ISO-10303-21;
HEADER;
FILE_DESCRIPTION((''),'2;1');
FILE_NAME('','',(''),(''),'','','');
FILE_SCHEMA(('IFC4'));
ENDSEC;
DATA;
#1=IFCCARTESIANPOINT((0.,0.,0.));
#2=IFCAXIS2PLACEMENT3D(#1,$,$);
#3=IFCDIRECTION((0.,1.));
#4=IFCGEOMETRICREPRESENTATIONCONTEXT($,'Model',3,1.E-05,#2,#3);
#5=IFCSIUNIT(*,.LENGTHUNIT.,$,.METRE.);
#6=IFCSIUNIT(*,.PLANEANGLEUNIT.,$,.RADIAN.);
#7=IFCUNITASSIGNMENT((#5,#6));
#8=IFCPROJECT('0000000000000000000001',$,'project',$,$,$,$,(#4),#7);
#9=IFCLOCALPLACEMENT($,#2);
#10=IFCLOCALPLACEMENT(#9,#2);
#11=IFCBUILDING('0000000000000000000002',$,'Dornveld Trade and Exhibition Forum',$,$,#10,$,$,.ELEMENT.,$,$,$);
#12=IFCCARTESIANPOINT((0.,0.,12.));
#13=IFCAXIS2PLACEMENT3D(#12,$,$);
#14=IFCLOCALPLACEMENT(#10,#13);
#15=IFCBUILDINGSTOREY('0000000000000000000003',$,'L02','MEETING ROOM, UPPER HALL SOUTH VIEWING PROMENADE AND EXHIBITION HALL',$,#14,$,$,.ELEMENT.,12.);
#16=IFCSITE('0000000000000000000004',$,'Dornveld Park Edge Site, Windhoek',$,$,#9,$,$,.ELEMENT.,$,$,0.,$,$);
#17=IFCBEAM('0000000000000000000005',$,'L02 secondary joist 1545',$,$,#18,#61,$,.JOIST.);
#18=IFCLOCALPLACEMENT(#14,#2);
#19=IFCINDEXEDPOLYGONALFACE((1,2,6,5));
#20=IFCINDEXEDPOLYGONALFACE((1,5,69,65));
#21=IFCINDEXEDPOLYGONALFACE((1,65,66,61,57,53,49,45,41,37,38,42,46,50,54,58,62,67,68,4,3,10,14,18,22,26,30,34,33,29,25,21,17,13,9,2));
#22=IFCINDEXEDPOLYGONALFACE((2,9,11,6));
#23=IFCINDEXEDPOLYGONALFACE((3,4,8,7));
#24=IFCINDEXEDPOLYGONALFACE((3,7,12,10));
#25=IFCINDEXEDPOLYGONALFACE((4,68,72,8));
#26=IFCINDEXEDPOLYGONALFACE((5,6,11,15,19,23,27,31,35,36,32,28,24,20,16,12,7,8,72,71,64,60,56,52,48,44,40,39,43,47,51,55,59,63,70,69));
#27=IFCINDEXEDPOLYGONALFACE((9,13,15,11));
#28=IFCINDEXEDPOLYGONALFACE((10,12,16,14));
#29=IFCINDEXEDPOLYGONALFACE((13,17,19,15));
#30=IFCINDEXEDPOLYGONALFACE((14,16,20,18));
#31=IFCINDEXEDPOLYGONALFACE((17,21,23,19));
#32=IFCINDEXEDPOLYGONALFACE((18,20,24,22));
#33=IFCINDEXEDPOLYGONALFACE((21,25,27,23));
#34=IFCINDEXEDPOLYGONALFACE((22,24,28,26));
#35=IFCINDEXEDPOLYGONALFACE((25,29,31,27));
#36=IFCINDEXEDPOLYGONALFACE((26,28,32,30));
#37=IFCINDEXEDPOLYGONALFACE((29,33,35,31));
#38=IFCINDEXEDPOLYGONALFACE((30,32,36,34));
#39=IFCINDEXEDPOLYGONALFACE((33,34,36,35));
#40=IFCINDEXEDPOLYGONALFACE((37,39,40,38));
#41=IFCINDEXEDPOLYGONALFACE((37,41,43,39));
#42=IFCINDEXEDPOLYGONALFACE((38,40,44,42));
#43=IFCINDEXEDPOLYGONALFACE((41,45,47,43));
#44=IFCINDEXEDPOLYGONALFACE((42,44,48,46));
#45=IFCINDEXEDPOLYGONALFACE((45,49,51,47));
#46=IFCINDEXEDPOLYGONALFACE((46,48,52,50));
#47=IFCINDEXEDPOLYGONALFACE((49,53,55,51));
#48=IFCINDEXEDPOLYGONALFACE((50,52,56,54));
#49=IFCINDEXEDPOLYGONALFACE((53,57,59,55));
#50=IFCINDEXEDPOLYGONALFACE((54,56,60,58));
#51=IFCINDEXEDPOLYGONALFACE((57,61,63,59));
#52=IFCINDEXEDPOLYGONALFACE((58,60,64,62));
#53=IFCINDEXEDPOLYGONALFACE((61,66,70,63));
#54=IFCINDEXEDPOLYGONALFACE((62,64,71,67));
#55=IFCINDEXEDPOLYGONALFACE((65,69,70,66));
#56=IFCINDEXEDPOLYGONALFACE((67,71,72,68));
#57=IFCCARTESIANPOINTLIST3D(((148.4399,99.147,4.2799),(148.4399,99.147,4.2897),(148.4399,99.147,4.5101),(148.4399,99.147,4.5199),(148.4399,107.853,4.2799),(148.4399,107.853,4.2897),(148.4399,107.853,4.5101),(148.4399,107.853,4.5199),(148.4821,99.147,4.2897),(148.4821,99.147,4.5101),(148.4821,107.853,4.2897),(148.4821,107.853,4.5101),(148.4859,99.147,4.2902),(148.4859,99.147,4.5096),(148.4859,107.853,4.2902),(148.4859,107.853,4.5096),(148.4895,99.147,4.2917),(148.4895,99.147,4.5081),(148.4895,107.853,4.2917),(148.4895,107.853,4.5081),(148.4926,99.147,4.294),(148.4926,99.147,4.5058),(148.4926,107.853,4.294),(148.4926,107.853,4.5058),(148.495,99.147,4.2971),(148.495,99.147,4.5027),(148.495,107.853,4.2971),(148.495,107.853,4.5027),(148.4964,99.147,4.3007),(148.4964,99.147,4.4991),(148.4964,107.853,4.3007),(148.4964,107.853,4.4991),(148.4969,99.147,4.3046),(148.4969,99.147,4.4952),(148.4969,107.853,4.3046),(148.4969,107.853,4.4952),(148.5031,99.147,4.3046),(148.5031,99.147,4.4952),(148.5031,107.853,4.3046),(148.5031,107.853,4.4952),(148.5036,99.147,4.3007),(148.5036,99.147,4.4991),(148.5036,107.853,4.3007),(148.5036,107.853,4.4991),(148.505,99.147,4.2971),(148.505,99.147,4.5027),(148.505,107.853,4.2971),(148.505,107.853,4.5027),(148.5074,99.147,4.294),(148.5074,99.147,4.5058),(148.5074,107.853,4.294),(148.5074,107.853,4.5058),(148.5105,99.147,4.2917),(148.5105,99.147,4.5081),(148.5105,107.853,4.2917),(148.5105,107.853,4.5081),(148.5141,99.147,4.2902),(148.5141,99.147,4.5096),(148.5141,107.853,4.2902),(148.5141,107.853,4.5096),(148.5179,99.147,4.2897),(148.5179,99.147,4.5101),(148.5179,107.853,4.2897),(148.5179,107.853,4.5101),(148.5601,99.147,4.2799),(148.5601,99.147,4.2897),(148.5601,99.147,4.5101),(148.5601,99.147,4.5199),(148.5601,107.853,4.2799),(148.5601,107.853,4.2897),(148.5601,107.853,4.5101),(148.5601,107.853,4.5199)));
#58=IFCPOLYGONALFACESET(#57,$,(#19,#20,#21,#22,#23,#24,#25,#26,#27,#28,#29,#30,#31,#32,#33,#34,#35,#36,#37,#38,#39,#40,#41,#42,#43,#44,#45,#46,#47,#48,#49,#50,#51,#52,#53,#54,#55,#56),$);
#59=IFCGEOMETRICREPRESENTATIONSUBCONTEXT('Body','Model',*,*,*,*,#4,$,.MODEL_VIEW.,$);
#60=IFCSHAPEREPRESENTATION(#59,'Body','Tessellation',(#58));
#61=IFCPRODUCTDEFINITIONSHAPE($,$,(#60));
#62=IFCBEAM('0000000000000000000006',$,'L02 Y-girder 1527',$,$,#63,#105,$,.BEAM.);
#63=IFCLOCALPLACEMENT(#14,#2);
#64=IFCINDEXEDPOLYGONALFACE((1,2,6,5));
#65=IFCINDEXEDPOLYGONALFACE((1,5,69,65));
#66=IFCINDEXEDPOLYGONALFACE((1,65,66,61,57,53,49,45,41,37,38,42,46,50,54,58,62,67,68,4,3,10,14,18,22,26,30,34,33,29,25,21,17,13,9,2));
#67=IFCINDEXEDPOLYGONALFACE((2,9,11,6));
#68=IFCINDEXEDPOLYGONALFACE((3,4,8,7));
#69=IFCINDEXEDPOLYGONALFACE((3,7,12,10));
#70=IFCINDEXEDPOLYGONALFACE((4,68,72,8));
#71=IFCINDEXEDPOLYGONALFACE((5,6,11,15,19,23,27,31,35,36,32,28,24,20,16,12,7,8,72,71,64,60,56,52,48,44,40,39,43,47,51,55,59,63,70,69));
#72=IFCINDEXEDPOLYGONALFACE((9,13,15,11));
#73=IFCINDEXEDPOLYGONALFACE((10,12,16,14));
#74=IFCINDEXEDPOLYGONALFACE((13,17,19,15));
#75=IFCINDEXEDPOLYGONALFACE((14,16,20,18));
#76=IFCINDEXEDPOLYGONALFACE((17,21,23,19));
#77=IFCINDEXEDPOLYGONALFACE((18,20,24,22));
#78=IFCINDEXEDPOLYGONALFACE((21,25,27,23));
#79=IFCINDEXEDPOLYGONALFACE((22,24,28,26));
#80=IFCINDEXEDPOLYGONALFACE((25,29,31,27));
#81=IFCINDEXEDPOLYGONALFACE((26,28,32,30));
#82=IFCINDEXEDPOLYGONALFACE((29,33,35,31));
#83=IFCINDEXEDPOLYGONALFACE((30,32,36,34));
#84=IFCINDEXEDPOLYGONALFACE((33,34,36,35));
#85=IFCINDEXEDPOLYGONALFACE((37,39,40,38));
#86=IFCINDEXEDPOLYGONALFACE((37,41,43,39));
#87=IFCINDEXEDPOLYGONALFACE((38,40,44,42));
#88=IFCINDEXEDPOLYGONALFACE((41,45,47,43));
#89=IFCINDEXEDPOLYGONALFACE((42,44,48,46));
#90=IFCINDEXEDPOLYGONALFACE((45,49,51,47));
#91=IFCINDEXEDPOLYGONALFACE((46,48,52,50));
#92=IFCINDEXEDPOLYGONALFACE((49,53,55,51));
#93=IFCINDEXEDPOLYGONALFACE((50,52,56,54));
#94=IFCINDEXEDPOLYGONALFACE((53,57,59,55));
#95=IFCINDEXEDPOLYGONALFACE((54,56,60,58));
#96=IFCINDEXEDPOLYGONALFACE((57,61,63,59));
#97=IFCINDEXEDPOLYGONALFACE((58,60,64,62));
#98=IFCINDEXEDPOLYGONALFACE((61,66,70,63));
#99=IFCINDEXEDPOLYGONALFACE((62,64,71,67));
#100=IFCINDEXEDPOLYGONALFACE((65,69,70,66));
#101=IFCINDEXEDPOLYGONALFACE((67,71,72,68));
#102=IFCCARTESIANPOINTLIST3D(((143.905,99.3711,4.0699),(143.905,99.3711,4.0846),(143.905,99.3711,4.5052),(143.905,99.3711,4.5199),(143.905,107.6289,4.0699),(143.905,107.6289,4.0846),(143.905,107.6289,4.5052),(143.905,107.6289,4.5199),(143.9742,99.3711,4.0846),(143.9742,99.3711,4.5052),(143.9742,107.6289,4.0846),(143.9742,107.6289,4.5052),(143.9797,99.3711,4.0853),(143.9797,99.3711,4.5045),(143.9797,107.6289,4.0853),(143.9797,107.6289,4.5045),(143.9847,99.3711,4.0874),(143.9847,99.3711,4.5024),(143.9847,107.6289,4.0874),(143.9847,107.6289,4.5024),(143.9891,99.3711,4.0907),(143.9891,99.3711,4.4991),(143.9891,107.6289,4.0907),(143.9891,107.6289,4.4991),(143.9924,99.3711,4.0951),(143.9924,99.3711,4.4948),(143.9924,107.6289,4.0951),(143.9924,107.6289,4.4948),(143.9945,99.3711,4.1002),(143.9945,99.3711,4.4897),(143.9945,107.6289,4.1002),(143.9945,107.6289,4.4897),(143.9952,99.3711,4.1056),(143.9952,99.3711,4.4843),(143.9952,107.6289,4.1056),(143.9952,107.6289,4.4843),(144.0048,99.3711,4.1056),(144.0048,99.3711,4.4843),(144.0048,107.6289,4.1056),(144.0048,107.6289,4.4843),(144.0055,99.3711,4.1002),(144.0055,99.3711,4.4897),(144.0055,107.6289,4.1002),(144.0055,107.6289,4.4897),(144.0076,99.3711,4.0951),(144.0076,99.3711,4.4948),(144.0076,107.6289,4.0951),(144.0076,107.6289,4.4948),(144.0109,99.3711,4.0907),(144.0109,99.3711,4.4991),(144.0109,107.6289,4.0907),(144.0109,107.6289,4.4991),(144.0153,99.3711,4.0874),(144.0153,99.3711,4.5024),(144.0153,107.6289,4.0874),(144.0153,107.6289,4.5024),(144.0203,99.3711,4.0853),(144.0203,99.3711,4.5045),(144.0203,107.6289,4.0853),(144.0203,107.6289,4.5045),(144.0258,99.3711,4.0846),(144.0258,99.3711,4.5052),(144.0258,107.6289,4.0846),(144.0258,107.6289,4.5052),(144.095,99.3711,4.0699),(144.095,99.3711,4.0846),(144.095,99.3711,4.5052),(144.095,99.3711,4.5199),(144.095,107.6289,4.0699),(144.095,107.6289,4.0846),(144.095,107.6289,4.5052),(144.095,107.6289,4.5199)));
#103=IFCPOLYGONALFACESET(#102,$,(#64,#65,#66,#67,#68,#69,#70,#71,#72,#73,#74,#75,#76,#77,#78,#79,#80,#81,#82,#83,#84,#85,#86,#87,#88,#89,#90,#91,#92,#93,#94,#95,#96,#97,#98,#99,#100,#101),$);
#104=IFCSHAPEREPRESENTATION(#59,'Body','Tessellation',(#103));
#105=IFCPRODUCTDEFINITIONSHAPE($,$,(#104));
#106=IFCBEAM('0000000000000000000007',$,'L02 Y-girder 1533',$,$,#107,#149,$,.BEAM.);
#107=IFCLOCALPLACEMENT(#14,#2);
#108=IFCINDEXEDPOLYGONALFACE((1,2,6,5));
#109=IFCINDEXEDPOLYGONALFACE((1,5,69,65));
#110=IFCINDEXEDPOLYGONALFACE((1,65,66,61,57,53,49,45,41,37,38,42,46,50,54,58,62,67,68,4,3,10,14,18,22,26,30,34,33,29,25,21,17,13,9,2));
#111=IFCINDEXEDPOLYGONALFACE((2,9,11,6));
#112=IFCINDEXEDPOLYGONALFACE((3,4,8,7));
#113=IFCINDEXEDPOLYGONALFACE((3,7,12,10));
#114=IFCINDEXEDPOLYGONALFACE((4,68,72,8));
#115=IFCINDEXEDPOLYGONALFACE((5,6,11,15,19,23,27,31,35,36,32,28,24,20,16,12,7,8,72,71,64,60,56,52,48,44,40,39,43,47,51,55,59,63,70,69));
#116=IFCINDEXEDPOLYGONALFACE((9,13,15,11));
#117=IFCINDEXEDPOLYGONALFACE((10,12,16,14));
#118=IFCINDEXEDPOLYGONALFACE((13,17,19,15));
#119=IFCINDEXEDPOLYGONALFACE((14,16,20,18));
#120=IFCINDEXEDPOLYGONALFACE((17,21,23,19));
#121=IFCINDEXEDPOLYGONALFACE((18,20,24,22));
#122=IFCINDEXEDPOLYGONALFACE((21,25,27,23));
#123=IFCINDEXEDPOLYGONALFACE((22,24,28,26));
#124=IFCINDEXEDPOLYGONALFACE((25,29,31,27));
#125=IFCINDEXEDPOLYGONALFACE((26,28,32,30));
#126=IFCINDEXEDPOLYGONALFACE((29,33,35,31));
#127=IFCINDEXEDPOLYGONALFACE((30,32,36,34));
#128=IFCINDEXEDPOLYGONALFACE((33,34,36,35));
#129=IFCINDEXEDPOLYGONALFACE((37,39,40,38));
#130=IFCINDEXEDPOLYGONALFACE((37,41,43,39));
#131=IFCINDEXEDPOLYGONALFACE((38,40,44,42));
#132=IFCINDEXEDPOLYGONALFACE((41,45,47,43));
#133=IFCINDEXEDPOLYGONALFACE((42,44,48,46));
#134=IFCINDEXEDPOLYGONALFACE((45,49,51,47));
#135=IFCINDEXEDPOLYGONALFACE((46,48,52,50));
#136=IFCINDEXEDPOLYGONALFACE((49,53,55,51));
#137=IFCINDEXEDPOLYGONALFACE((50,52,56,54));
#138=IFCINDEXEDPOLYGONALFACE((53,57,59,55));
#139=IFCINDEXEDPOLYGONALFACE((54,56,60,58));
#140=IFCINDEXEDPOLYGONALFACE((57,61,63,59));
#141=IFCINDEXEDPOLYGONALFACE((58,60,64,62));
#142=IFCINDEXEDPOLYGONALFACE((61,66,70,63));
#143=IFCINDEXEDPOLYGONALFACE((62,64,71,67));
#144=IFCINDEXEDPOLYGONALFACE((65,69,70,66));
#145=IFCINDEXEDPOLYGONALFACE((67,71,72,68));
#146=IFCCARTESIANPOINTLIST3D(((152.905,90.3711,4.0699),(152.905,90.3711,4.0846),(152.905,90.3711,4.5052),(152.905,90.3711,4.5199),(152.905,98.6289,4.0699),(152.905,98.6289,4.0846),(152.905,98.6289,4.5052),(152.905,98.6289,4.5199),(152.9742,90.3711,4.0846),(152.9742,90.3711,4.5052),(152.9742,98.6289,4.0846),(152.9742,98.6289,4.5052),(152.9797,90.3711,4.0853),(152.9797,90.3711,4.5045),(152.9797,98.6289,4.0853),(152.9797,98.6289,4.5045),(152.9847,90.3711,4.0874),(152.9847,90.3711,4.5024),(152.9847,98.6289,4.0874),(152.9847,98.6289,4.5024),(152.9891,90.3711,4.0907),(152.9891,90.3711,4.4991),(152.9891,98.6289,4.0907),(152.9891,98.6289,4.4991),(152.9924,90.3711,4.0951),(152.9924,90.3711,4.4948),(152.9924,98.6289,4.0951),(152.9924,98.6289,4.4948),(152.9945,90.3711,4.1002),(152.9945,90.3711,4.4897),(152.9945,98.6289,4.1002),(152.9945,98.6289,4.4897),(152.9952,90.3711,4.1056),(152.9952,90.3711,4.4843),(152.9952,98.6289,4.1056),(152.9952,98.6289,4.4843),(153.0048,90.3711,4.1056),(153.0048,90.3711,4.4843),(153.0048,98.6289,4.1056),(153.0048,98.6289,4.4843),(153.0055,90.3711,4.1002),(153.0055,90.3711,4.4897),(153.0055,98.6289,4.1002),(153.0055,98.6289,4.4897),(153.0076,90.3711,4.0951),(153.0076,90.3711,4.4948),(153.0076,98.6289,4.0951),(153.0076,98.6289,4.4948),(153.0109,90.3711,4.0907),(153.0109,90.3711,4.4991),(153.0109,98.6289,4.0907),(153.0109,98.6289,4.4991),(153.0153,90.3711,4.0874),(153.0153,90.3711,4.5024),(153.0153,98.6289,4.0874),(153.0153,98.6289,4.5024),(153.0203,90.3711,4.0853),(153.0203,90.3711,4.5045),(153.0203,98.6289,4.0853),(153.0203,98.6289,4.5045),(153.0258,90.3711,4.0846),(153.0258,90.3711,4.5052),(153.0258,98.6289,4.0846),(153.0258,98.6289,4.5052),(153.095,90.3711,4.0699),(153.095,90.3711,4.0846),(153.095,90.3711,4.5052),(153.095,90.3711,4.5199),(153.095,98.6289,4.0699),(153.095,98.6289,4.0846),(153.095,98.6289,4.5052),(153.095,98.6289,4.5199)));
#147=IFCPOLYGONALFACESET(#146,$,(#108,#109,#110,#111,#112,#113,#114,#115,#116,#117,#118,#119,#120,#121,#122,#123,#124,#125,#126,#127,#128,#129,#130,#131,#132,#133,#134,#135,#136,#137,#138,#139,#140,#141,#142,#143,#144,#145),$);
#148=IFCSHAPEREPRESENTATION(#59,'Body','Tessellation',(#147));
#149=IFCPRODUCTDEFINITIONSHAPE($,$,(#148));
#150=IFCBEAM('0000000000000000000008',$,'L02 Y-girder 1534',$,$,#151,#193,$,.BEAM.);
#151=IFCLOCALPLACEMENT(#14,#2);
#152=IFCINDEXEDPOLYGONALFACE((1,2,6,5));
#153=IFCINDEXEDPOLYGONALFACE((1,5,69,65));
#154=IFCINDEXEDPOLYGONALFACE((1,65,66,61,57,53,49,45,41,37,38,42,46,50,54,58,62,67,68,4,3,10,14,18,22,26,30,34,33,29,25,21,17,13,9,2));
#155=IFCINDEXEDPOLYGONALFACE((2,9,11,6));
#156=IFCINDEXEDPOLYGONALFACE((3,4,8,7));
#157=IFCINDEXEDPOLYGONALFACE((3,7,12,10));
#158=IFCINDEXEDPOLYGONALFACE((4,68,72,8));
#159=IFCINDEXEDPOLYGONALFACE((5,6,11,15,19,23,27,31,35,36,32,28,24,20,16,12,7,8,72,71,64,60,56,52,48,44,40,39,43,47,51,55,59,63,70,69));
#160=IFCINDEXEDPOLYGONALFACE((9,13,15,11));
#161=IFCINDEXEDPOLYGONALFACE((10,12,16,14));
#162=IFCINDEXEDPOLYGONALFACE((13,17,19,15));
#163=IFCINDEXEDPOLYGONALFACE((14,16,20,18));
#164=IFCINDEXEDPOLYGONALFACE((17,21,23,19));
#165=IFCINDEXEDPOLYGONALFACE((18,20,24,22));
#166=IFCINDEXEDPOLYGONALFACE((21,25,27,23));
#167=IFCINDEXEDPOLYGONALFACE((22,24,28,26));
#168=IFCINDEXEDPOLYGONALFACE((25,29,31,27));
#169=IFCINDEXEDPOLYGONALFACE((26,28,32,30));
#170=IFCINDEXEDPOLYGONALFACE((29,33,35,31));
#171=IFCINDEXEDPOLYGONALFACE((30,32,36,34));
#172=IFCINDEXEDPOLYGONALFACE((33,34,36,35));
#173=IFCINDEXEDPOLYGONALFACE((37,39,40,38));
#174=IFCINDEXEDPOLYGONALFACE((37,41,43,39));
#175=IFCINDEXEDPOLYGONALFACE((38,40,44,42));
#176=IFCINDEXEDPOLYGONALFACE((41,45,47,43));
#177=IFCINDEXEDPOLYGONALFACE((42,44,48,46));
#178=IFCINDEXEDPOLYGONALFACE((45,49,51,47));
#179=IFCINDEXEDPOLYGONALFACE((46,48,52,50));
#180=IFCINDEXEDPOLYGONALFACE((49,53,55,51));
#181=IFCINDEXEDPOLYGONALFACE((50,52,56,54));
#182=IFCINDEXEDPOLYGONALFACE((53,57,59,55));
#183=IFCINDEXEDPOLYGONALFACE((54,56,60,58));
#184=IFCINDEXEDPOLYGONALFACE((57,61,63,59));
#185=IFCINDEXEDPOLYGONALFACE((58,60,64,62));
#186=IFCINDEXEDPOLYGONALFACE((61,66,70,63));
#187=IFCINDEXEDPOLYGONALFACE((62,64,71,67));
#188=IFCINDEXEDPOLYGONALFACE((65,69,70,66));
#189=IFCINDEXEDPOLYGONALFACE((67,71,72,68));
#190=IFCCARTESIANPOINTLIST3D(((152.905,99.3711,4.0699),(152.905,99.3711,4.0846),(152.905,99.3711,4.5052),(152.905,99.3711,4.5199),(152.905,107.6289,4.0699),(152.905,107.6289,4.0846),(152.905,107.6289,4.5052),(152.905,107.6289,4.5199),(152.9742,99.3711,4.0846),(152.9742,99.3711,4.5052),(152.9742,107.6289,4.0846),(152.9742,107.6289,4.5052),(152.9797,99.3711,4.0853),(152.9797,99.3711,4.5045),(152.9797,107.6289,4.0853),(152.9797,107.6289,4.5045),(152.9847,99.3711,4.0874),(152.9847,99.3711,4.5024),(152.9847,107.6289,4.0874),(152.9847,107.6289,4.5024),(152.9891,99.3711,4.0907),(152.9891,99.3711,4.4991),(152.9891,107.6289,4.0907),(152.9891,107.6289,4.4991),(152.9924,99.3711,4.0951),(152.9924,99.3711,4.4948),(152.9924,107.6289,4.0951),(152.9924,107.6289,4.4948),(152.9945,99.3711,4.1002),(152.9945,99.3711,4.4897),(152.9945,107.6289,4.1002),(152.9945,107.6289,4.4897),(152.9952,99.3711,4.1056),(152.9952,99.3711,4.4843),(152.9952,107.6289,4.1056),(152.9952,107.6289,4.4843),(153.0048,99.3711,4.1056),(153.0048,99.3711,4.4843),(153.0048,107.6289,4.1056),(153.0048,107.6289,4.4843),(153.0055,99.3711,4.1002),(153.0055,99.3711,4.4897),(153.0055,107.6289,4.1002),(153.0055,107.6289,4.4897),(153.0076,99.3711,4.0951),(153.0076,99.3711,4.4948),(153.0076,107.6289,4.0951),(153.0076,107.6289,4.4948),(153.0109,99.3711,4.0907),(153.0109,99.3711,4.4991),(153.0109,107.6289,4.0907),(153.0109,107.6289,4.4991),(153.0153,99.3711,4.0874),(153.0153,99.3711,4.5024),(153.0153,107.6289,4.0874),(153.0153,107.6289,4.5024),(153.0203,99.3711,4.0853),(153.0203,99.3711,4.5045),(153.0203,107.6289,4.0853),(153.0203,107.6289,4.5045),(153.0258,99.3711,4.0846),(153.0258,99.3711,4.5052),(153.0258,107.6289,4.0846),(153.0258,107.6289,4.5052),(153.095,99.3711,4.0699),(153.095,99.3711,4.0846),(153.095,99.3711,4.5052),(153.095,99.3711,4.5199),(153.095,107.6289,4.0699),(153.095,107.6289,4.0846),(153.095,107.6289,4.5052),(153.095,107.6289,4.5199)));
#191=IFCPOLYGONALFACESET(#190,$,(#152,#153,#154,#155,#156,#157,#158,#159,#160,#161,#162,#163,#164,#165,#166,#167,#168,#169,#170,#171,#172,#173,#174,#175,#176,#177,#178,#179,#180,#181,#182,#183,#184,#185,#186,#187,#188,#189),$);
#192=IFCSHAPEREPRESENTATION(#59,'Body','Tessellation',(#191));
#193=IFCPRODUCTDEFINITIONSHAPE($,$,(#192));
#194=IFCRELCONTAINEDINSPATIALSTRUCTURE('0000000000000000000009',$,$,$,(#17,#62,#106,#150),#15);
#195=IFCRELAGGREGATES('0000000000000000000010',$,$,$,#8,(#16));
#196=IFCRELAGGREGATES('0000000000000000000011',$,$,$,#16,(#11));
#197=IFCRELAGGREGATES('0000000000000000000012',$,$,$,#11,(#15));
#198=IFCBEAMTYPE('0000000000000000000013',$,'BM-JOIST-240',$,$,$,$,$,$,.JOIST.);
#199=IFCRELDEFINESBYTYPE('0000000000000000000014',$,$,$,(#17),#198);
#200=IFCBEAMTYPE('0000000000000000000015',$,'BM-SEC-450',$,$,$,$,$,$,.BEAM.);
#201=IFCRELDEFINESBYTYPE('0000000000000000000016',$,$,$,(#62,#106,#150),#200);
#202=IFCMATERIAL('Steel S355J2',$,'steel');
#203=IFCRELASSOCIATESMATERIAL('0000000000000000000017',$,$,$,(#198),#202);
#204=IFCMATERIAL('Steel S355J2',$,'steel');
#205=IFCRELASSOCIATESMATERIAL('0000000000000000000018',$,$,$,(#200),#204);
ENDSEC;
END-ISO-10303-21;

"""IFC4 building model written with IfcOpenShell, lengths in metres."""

from ifc_helpers import new_model, si_unit, direction, frame, origin, origin_2d, place, context, subcontext, project, spatial, i_section, extrude, material, material_profile, profile_set, type_object, element, save


model = new_model("IFC4")

# Units and contexts
model_context = context("Model", 3, precision=1e-05, world=origin(), true_north=direction((0.0, 1.0)))
body_context = subcontext(model_context, "Body", "Model", "MODEL_VIEW")
ifc_project = project(units=[si_unit("LENGTHUNIT", "METRE"), si_unit("PLANEANGLEUNIT", "RADIAN")], contexts=[model_context])

# Site, building, storey
site_placement = place(None, origin())
site = spatial("IfcSite", under=ifc_project, at=site_placement, Name="Dornveld Park Edge Site, Windhoek", CompositionType="ELEMENT", RefElevation=0.0)
building_placement = place(site_placement, origin())
building = spatial("IfcBuilding", under=site, at=building_placement, Name="Dornveld Trade and Exhibition Forum", CompositionType="ELEMENT")
storey_placement = place(building_placement, frame((0.0, 0.0, 12.0)))
storey = spatial("IfcBuildingStorey", under=building, at=storey_placement, Name="L02", Description="MEETING ROOM, UPPER HALL SOUTH VIEWING PROMENADE AND EXHIBITION HALL", CompositionType="ELEMENT", Elevation=12.0)

# Beams
ifc_material_1 = material(Name="Steel S355J2", Category="steel")
ifc_material_profile_1 = material_profile(ifc_material_1, i_section(OverallWidth=0.1201, OverallDepth=0.24, WebThickness=0.0061, FlangeThickness=0.0098, FilletRadius=0.0149, at=origin_2d()), Name="IPE 240")
ifc_profile_set_1 = profile_set([ifc_material_profile_1], Name="Steel S355J2")
beam_type_1 = type_object("IfcBeamType", Name="BM-JOIST-240", PredefinedType="JOIST", material=ifc_profile_set_1)
for number, where, z_axis, x_axis, name in (
    (1, (148.5, 99.147, 4.3999), (0.0, 1.0, 0.0), (-1.0, 0.0, 0.0), "L02 secondary joist 1545"),
):
    element("IfcBeam", number, at=place(storey_placement, frame(where, z_axis=z_axis, x_axis=x_axis)), inside=storey, type_object=beam_type_1, Name=name, PredefinedType="JOIST", context=body_context, shape_type="SweptSolid", body=[
        extrude(i_section(OverallWidth=0.1201, OverallDepth=0.24, WebThickness=0.0061, FlangeThickness=0.0098, FilletRadius=0.0149, at=origin_2d()), origin(), (0.0, 0.0, 1.0), 8.7061),
    ])
ifc_material_2 = material(Name="Steel S355J2", Category="steel")
ifc_material_profile_2 = material_profile(ifc_material_2, i_section(OverallWidth=0.1899, OverallDepth=0.45, WebThickness=0.0095, FlangeThickness=0.0146, FilletRadius=0.021, at=origin_2d()), Name="IPE 450")
ifc_profile_set_2 = profile_set([ifc_material_profile_2], Name="Steel S355J2")
beam_type_2 = type_object("IfcBeamType", Name="BM-SEC-450", PredefinedType="BEAM", material=ifc_profile_set_2)
for number, where, z_axis, x_axis, name in (
    (2, (144.0, 99.3711, 4.2949), (0.0, 1.0, 0.0), (-1.0, 0.0, 0.0), "L02 Y-girder 1527"),
    (3, (153.0, 90.3711, 4.2949), (0.0, 1.0, 0.0), (-1.0, 0.0, 0.0), "L02 Y-girder 1533"),
    (4, (153.0, 99.3711, 4.2949), (0.0, 1.0, 0.0), (-1.0, 0.0, 0.0), "L02 Y-girder 1534"),
):
    element("IfcBeam", number, at=place(storey_placement, frame(where, z_axis=z_axis, x_axis=x_axis)), inside=storey, type_object=beam_type_2, Name=name, PredefinedType="BEAM", context=body_context, shape_type="SweptSolid", body=[
        extrude(i_section(OverallWidth=0.1899, OverallDepth=0.45, WebThickness=0.0095, FlangeThickness=0.0146, FilletRadius=0.021, at=origin_2d()), origin(), (0.0, 0.0, 1.0), 8.2578),
    ])

save(model, "model.ifc")
